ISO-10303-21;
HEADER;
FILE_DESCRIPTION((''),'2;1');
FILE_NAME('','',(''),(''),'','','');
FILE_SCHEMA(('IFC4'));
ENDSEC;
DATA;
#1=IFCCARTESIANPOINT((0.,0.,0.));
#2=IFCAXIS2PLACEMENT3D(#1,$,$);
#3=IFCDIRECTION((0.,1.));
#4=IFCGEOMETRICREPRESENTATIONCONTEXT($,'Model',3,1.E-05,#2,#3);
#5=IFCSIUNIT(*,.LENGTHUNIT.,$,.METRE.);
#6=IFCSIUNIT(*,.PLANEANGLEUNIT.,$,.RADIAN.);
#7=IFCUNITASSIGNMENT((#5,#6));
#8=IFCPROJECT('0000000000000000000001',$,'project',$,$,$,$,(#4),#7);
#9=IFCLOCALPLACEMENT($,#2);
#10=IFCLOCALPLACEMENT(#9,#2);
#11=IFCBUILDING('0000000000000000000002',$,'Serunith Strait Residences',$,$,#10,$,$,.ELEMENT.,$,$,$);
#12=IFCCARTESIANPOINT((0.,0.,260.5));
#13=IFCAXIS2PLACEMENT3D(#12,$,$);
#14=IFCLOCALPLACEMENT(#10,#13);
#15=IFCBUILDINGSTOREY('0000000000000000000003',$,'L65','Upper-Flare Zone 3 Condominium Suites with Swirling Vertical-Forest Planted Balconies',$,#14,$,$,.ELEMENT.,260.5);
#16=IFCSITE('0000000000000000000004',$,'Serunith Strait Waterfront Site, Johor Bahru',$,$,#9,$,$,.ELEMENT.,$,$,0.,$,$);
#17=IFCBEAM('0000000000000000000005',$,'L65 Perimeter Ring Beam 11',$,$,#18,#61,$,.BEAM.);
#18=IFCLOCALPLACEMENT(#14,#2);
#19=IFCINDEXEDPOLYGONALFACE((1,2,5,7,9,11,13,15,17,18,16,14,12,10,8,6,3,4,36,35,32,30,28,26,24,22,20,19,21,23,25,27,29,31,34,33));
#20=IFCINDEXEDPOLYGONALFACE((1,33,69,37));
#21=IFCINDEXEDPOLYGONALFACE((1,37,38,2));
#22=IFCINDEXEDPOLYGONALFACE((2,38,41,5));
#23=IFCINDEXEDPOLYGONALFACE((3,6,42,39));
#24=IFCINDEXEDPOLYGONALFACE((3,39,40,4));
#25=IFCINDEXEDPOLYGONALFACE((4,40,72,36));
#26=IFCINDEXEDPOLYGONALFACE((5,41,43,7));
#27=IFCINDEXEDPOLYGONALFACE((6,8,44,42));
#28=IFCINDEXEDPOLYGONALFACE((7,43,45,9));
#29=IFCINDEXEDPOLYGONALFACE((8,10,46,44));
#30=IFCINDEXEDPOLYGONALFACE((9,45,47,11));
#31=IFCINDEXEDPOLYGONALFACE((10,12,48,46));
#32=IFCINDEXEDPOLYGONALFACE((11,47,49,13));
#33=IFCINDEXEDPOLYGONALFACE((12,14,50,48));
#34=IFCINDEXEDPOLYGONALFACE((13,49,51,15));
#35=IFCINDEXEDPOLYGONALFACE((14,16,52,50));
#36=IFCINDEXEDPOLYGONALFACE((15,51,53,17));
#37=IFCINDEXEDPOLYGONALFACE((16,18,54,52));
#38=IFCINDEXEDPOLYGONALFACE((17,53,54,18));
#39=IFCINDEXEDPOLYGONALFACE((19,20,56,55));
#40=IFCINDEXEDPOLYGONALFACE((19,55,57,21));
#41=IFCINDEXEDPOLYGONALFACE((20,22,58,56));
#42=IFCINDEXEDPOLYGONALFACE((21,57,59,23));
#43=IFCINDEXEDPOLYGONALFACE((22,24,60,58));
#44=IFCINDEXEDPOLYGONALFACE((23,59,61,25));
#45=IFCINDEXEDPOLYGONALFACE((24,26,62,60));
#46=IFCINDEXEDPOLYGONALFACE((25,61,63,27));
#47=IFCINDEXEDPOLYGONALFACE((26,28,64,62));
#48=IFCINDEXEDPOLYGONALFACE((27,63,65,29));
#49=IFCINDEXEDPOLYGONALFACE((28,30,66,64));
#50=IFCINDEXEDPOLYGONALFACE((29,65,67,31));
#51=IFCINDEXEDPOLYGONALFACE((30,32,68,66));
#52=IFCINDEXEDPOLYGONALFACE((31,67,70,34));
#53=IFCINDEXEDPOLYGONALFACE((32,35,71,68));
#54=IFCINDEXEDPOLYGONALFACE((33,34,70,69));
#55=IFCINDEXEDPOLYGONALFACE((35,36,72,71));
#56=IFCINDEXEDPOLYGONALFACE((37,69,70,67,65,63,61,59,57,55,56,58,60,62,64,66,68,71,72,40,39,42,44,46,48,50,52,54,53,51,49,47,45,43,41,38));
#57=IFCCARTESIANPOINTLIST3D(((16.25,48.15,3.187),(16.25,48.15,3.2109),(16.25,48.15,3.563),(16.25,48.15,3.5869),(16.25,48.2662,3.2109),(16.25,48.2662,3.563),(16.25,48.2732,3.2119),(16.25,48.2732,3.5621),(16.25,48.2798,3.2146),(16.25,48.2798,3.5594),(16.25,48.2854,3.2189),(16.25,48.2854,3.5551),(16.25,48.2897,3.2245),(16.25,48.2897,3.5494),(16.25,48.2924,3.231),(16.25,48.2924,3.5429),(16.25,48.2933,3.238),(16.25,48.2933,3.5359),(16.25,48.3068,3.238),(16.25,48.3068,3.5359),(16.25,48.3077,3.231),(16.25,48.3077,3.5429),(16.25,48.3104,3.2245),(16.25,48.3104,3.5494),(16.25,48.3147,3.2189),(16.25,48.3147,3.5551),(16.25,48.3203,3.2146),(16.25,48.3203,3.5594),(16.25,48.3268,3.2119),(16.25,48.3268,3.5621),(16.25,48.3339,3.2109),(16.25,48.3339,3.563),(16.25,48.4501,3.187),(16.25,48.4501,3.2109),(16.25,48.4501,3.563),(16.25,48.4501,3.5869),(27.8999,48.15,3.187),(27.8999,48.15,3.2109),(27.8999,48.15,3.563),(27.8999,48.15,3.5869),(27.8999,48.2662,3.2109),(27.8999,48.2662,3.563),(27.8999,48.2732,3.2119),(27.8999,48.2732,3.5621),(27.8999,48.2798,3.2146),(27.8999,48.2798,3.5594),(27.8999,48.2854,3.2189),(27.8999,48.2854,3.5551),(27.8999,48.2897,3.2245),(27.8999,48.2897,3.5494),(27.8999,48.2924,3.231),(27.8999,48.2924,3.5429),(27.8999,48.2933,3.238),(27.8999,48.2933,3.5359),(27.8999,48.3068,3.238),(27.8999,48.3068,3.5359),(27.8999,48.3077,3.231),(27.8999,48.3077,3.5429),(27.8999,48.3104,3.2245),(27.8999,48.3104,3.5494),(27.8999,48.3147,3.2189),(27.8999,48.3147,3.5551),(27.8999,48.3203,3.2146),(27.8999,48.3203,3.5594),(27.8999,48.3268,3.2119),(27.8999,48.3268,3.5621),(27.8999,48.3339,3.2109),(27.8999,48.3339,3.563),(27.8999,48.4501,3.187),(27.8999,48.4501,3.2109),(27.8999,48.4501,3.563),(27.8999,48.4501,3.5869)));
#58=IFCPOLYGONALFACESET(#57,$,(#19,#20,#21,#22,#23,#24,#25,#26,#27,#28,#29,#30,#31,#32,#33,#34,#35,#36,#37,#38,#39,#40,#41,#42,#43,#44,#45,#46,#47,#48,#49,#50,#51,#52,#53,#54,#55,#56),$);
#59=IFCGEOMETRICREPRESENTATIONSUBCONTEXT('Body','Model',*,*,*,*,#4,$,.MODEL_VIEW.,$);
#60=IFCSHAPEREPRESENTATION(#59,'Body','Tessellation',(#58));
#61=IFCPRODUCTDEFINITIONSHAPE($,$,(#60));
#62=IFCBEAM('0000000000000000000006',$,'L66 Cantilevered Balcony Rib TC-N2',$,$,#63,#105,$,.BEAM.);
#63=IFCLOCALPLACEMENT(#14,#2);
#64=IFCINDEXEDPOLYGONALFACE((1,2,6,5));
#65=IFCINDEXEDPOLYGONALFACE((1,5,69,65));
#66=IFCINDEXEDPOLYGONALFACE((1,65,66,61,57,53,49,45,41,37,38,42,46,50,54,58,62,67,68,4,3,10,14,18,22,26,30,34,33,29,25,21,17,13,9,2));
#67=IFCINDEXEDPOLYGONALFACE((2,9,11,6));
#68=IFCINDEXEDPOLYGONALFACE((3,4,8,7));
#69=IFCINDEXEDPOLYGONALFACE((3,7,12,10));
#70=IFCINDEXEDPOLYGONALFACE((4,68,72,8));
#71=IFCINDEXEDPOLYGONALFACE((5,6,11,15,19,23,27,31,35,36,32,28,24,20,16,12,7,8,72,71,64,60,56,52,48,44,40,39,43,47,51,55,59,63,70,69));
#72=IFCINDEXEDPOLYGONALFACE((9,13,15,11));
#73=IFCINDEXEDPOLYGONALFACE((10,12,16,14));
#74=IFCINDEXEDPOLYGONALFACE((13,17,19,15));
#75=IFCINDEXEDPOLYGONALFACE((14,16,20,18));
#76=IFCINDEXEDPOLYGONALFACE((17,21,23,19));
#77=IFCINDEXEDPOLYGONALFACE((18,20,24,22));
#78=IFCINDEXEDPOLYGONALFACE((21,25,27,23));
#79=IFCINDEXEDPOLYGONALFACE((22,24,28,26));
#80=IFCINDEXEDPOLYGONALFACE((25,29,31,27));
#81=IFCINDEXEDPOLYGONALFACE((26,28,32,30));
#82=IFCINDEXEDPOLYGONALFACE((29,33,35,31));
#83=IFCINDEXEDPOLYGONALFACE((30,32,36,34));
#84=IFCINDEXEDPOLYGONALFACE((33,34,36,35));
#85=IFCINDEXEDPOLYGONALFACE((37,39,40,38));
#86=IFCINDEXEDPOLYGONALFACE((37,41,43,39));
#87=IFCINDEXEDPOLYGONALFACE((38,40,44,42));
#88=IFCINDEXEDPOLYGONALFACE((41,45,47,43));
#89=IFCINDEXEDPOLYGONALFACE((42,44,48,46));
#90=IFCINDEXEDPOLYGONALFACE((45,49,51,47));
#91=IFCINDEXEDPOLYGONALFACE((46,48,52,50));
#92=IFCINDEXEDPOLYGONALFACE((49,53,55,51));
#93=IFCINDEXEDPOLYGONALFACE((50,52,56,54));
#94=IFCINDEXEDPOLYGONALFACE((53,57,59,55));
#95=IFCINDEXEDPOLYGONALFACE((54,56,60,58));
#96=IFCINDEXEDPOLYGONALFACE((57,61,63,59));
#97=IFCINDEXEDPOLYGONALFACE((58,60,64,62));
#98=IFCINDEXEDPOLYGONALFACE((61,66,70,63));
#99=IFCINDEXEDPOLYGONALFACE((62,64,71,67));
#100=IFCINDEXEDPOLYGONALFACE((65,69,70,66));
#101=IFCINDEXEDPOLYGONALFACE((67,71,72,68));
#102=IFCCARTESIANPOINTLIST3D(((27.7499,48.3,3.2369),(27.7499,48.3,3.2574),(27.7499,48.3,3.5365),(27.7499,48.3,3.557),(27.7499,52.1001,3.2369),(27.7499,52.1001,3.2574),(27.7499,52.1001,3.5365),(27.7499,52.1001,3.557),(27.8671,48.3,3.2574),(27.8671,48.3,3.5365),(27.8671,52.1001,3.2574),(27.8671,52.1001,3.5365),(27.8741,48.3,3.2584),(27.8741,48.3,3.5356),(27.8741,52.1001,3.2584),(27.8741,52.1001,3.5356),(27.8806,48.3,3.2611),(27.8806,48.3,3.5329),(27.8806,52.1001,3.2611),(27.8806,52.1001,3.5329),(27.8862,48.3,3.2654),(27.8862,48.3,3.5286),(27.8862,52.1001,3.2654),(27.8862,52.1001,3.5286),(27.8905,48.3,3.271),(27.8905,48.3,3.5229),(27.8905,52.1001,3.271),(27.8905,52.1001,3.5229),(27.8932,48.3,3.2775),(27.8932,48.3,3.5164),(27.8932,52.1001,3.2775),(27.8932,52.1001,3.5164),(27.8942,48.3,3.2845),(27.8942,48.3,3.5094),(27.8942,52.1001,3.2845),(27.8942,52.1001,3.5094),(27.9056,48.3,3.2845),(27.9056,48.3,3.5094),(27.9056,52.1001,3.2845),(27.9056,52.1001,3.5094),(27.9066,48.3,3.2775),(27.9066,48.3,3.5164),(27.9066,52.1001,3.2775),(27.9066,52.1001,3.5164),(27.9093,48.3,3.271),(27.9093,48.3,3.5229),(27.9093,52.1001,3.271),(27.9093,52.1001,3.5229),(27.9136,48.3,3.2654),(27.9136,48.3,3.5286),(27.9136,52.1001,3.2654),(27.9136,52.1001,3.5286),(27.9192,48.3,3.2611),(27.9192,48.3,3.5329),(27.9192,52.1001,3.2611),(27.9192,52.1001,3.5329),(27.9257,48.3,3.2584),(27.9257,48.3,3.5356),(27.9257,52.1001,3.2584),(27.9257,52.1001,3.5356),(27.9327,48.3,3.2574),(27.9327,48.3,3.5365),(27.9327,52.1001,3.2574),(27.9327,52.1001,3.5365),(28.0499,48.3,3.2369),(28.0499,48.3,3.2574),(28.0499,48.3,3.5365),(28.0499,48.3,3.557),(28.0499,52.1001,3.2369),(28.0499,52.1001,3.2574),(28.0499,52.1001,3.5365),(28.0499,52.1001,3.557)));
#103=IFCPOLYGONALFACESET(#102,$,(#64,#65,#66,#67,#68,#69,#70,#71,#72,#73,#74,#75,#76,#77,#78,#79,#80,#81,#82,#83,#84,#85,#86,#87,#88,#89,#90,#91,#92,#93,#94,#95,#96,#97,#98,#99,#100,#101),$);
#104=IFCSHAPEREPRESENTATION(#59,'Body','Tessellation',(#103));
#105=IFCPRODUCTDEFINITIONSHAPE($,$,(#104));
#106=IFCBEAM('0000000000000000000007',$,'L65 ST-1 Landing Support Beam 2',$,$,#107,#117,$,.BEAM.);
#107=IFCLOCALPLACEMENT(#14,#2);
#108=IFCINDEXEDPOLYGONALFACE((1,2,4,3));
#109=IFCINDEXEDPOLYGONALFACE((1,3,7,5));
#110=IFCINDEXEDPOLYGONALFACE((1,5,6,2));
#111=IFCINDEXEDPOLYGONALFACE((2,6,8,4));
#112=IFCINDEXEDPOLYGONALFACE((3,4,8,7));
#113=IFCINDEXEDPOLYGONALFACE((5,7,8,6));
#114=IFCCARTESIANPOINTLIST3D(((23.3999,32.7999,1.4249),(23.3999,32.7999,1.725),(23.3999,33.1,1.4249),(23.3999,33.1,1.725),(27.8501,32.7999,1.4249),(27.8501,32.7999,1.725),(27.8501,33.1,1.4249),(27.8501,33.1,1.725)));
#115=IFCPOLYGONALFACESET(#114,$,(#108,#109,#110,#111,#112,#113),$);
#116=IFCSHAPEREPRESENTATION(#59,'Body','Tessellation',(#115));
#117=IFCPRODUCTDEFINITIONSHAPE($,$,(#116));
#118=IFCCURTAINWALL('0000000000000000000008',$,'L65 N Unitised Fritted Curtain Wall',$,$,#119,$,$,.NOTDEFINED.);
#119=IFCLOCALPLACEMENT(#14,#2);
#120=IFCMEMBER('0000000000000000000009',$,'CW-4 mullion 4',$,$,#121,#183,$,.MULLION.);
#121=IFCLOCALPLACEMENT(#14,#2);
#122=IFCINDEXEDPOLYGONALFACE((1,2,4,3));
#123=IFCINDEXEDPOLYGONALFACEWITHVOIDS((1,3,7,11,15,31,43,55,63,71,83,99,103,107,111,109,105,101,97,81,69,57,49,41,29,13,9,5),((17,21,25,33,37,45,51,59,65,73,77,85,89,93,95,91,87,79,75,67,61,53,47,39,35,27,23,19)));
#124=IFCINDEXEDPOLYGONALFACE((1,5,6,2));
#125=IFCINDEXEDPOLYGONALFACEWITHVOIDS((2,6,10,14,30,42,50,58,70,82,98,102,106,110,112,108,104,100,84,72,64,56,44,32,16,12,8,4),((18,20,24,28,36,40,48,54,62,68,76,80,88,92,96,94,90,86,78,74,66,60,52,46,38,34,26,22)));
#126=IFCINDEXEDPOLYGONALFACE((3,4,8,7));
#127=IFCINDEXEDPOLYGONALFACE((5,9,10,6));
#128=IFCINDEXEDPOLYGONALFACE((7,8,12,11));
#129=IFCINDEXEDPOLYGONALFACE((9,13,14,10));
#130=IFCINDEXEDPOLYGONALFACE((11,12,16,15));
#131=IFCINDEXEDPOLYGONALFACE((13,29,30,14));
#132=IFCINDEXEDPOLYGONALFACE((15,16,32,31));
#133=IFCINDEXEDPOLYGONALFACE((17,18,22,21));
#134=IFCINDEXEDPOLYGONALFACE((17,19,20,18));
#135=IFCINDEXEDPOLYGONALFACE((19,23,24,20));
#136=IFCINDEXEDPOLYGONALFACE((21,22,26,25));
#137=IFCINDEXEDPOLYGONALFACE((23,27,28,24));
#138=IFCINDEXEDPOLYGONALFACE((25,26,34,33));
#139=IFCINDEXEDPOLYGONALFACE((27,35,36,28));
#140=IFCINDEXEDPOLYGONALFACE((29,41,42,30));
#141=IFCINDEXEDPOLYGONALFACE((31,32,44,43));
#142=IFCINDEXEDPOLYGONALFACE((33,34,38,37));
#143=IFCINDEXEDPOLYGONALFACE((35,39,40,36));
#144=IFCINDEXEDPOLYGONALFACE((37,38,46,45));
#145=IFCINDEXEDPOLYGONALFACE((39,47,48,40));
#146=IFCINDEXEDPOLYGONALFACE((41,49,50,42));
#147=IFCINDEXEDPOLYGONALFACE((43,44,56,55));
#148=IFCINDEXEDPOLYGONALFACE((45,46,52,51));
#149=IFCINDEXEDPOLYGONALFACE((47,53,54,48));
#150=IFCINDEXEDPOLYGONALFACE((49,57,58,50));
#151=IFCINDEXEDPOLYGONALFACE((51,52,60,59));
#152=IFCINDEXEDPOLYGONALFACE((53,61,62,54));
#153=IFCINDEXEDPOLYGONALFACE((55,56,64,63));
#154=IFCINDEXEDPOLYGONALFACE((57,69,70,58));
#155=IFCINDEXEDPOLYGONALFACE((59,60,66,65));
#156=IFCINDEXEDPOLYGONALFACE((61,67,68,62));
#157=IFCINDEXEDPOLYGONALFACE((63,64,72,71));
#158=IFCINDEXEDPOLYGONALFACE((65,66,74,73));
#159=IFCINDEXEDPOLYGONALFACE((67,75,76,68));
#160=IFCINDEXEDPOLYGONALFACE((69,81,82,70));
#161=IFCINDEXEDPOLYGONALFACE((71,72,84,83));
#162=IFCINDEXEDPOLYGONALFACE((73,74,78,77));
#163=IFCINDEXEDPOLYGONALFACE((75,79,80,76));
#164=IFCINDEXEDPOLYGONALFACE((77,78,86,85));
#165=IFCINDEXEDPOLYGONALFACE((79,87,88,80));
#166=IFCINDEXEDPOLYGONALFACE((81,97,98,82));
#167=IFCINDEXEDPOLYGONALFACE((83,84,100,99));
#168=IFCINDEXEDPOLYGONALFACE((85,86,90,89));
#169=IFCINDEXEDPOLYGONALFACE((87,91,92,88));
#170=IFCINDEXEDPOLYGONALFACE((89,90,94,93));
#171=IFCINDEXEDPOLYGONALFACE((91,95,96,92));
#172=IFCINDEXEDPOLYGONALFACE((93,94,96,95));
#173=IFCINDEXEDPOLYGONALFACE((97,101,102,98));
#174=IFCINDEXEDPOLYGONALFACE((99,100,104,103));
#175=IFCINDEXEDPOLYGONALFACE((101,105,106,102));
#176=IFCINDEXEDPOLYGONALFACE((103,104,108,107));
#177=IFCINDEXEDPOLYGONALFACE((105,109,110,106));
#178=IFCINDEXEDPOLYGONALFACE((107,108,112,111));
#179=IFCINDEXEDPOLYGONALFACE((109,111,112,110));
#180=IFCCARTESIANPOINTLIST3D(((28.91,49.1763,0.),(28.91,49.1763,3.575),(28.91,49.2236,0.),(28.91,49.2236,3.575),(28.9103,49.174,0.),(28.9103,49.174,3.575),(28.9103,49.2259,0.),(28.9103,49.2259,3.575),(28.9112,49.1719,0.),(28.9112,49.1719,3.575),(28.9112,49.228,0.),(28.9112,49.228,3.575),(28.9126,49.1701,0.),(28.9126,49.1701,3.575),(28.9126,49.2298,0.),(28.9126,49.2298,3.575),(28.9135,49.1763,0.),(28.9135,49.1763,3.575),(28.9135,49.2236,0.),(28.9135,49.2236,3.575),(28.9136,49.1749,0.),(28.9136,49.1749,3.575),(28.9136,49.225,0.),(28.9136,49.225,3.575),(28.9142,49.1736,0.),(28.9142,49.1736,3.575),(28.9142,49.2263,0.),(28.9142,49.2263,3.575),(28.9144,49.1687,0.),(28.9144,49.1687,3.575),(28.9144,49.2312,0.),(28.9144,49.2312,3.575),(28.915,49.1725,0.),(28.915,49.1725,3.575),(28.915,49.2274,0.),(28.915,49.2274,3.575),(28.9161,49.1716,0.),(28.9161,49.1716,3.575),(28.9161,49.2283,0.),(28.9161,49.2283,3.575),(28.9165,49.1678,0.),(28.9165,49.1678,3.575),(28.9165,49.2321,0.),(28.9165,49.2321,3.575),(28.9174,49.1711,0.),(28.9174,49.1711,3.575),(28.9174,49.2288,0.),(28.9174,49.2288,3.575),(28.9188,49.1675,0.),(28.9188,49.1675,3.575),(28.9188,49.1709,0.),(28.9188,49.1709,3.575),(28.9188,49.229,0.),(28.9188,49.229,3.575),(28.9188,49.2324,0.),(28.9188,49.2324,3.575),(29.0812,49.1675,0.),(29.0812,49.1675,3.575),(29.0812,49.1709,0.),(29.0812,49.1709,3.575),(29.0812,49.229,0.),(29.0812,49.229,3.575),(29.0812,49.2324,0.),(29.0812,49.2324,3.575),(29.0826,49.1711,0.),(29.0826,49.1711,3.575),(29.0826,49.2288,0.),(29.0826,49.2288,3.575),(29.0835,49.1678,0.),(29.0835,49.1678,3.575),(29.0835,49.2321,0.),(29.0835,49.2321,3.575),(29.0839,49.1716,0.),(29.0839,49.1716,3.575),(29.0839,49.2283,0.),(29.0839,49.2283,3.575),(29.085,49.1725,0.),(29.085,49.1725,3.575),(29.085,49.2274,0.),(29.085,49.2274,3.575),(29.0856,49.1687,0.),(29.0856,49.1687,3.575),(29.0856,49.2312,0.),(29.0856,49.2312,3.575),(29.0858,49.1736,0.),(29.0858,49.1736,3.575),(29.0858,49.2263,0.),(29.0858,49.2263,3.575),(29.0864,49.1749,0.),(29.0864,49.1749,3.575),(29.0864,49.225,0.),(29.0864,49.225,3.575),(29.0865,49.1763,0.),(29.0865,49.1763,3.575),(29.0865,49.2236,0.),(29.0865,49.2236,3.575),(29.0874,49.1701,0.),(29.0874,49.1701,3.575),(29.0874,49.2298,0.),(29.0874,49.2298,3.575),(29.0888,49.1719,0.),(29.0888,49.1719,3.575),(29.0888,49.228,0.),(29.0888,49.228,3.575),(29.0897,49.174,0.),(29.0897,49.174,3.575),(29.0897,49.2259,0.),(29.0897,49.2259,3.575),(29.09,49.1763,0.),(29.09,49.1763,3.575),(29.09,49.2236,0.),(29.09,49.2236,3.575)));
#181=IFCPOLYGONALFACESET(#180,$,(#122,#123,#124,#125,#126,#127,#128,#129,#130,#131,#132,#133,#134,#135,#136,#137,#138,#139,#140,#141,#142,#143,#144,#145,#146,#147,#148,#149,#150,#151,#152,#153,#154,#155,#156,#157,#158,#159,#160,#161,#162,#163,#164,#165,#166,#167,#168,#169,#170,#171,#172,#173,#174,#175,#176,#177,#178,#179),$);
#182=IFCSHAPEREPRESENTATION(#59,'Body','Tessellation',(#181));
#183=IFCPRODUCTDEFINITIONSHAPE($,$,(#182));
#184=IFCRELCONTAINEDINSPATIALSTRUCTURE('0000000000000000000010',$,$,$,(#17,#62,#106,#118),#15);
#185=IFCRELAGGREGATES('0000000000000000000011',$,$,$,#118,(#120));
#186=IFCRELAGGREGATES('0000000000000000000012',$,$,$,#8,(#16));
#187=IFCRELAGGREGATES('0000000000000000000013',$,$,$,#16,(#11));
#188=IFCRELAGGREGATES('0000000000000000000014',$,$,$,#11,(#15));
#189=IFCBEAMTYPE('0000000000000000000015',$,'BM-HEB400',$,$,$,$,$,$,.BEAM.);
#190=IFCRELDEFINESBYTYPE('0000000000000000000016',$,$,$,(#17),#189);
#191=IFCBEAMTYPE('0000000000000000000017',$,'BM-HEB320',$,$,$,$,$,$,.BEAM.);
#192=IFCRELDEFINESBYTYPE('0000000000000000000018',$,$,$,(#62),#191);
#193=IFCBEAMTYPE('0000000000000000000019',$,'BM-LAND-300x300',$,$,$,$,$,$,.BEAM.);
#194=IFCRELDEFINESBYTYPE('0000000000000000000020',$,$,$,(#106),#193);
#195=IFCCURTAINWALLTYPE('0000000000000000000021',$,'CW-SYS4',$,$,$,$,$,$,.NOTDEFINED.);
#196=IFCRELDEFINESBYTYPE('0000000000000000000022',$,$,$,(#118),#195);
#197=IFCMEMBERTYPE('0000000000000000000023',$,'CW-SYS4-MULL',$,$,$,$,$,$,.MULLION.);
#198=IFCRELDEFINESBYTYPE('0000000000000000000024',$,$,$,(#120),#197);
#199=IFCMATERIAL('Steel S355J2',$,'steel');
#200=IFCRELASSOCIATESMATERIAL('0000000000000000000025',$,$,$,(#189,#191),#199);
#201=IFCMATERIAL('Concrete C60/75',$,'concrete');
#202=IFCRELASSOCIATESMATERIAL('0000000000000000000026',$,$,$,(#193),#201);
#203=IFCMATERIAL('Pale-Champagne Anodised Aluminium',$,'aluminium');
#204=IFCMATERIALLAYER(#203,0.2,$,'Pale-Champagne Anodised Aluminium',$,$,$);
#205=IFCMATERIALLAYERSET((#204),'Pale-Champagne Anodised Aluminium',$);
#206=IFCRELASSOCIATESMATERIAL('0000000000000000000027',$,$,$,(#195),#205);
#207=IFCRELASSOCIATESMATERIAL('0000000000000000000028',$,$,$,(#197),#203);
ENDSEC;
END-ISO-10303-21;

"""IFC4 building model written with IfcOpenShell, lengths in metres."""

from ifc_helpers import new_model, si_unit, direction, frame, origin, origin_2d, place, context, subcontext, project, spatial, rectangle, hollow_rectangle, i_section, extrude, source, transform, mapped, material, layer, layer_set, material_profile, profile_set, type_object, element, aggregate, save


model = new_model("IFC4")

# Units and contexts
model_context = context("Model", 3, precision=1e-05, world=origin(), true_north=direction((0.0, 1.0)))
body_context = subcontext(model_context, "Body", "Model", "MODEL_VIEW")
ifc_project = project(units=[si_unit("LENGTHUNIT", "METRE"), si_unit("PLANEANGLEUNIT", "RADIAN")], contexts=[model_context])

# Site, building, storey
site_placement = place(None, origin())
site = spatial("IfcSite", under=ifc_project, at=site_placement, Name="Serunith Strait Waterfront Site, Johor Bahru", CompositionType="ELEMENT", RefElevation=0.0)
building_placement = place(site_placement, origin())
building = spatial("IfcBuilding", under=site, at=building_placement, Name="Serunith Strait Residences", CompositionType="ELEMENT")
storey_placement = place(building_placement, frame((0.0, 0.0, 260.5)))
storey = spatial("IfcBuildingStorey", under=building, at=storey_placement, Name="L65", Description="Upper-Flare Zone 3 Condominium Suites with Swirling Vertical-Forest Planted Balconies", CompositionType="ELEMENT", Elevation=260.5)

# Beams
ifc_material_1 = material(Name="Steel S355J2", Category="steel")
ifc_material_profile_1 = material_profile(ifc_material_1, i_section(OverallWidth=0.3, OverallDepth=0.3999, WebThickness=0.0134, FlangeThickness=0.0239, FilletRadius=0.0271, at=origin_2d()), Name="HEB 400")
ifc_profile_set_1 = profile_set([ifc_material_profile_1], Name="Steel S355J2")
beam_type_1 = type_object("IfcBeamType", Name="BM-HEB400", PredefinedType="BEAM", material=ifc_profile_set_1)
shared_shape_1 = source(origin(), body_context, "Body", "SweptSolid", [
    extrude(i_section(OverallWidth=0.3, OverallDepth=0.3999, WebThickness=0.0134, FlangeThickness=0.0239, FilletRadius=0.0271, at=origin_2d()), origin(), (0.0, 0.0, 1.0), 11.6499),
])
beam_1_placement = place(storey_placement, frame((27.8999, 48.3, 3.387), z_axis=(-1.0, 0.0, 0.0), x_axis=(0.0, -1.0, 0.0)))
element("IfcBeam", 1, at=beam_1_placement, inside=storey, type_object=beam_type_1, Name="L65 Perimeter Ring Beam 11", PredefinedType="BEAM", context=body_context, shape_type="MappedRepresentation", body=[
    mapped(shared_shape_1, transform((0.0, 0.0, 0.0), scale=1.0)),
])
ifc_material_profile_2 = material_profile(ifc_material_1, i_section(OverallWidth=0.3, OverallDepth=0.3201, WebThickness=0.0115, FlangeThickness=0.0205, FilletRadius=0.0271, at=origin_2d()), Name="HEB 320")
ifc_profile_set_2 = profile_set([ifc_material_profile_2], Name="Steel S355J2")
beam_type_2 = type_object("IfcBeamType", Name="BM-HEB320", PredefinedType="BEAM", material=ifc_profile_set_2)
shared_shape_2 = source(origin(), body_context, "Body", "SweptSolid", [
    extrude(i_section(OverallWidth=0.3, OverallDepth=0.3201, WebThickness=0.0115, FlangeThickness=0.0205, FilletRadius=0.0271, at=origin_2d()), origin(), (0.0, 0.0, 1.0), 3.8),
])
beam_2_placement = place(storey_placement, frame((27.8999, 48.3, 3.397), z_axis=(0.0, 1.0, 0.0), x_axis=(-1.0, 0.0, 0.0)))
element("IfcBeam", 2, at=beam_2_placement, inside=storey, type_object=beam_type_2, Name="L66 Cantilevered Balcony Rib TC-N2", PredefinedType="BEAM", context=body_context, shape_type="MappedRepresentation", body=[
    mapped(shared_shape_2, transform((0.0, 0.0, 0.0), scale=1.0)),
])
ifc_material_2 = material(Name="Concrete C60/75", Category="concrete")
ifc_material_profile_3 = material_profile(ifc_material_2, rectangle(XDim=0.3, YDim=0.3, at=origin_2d()), Name="RC 300x300")
ifc_profile_set_3 = profile_set([ifc_material_profile_3], Name="Concrete C60/75")
beam_type_3 = type_object("IfcBeamType", Name="BM-LAND-300x300", PredefinedType="BEAM", material=ifc_profile_set_3)
shared_shape_3 = source(origin(), body_context, "Body", "SweptSolid", [
    extrude(rectangle(XDim=0.3, YDim=0.3, at=origin_2d()), origin(), (0.0, 0.0, 1.0), 4.4502),
])
beam_3_placement = place(storey_placement, frame((23.3999, 32.95, 1.575), z_axis=(1.0, 0.0, 0.0), x_axis=(0.0, 1.0, 0.0)))
element("IfcBeam", 3, at=beam_3_placement, inside=storey, type_object=beam_type_3, Name="L65 ST-1 Landing Support Beam 2", PredefinedType="BEAM", context=body_context, shape_type="MappedRepresentation", body=[
    mapped(shared_shape_3, transform((0.0, 0.0, 0.0), scale=1.0)),
])

# Curtain wall, member
ifc_material_3 = material(Name="Pale-Champagne Anodised Aluminium", Category="aluminium")
ifc_layer_1 = layer(ifc_material_3, 0.2, Name="Pale-Champagne Anodised Aluminium")
ifc_layer_set_1 = layer_set([ifc_layer_1], Name="Pale-Champagne Anodised Aluminium")
curtain_wall_type = type_object("IfcCurtainWallType", Name="CW-SYS4", PredefinedType="NOTDEFINED", material=ifc_layer_set_1)
curtain_wall_placement = place(storey_placement, origin())
curtain_wall = element("IfcCurtainWall", 4, at=curtain_wall_placement, inside=storey, type_object=curtain_wall_type, Name="L65 N Unitised Fritted Curtain Wall", PredefinedType="NOTDEFINED")
ifc_material_profile_4 = material_profile(ifc_material_3, hollow_rectangle(XDim=0.0649, YDim=0.1799, WallThickness=0.0034, InnerFilletRadius=0.0054, OuterFilletRadius=0.0088, at=origin_2d()), Name="ALU 180x65x3.5")
ifc_profile_set_4 = profile_set([ifc_material_profile_4], Name="Pale-Champagne Anodised Aluminium")
member_type_1 = type_object("IfcMemberType", Name="CW-SYS4-MULL", PredefinedType="MULLION", material=ifc_profile_set_4)
shared_shape_4 = source(origin(), body_context, "Body", "SweptSolid", [
    extrude(hollow_rectangle(XDim=0.0649, YDim=0.1799, WallThickness=0.0034, InnerFilletRadius=0.0054, OuterFilletRadius=0.0088, at=origin_2d()), origin(), (0.0, 0.0, 1.0), 3.575),
])
member_1_placement = place(storey_placement, frame((29.0, 49.2, 0.0), z_axis=(0.0, 0.0, 1.0), x_axis=(0.0, -1.0, 0.0)))
member_1 = element("IfcMember", 5, at=member_1_placement, type_object=member_type_1, Name="CW-4 mullion 4", PredefinedType="MULLION", context=body_context, shape_type="MappedRepresentation", body=[
    mapped(shared_shape_4, transform((0.0, 0.0, 0.0), scale=1.0)),
])
aggregate(curtain_wall, [member_1])

save(model, "model.ifc")
